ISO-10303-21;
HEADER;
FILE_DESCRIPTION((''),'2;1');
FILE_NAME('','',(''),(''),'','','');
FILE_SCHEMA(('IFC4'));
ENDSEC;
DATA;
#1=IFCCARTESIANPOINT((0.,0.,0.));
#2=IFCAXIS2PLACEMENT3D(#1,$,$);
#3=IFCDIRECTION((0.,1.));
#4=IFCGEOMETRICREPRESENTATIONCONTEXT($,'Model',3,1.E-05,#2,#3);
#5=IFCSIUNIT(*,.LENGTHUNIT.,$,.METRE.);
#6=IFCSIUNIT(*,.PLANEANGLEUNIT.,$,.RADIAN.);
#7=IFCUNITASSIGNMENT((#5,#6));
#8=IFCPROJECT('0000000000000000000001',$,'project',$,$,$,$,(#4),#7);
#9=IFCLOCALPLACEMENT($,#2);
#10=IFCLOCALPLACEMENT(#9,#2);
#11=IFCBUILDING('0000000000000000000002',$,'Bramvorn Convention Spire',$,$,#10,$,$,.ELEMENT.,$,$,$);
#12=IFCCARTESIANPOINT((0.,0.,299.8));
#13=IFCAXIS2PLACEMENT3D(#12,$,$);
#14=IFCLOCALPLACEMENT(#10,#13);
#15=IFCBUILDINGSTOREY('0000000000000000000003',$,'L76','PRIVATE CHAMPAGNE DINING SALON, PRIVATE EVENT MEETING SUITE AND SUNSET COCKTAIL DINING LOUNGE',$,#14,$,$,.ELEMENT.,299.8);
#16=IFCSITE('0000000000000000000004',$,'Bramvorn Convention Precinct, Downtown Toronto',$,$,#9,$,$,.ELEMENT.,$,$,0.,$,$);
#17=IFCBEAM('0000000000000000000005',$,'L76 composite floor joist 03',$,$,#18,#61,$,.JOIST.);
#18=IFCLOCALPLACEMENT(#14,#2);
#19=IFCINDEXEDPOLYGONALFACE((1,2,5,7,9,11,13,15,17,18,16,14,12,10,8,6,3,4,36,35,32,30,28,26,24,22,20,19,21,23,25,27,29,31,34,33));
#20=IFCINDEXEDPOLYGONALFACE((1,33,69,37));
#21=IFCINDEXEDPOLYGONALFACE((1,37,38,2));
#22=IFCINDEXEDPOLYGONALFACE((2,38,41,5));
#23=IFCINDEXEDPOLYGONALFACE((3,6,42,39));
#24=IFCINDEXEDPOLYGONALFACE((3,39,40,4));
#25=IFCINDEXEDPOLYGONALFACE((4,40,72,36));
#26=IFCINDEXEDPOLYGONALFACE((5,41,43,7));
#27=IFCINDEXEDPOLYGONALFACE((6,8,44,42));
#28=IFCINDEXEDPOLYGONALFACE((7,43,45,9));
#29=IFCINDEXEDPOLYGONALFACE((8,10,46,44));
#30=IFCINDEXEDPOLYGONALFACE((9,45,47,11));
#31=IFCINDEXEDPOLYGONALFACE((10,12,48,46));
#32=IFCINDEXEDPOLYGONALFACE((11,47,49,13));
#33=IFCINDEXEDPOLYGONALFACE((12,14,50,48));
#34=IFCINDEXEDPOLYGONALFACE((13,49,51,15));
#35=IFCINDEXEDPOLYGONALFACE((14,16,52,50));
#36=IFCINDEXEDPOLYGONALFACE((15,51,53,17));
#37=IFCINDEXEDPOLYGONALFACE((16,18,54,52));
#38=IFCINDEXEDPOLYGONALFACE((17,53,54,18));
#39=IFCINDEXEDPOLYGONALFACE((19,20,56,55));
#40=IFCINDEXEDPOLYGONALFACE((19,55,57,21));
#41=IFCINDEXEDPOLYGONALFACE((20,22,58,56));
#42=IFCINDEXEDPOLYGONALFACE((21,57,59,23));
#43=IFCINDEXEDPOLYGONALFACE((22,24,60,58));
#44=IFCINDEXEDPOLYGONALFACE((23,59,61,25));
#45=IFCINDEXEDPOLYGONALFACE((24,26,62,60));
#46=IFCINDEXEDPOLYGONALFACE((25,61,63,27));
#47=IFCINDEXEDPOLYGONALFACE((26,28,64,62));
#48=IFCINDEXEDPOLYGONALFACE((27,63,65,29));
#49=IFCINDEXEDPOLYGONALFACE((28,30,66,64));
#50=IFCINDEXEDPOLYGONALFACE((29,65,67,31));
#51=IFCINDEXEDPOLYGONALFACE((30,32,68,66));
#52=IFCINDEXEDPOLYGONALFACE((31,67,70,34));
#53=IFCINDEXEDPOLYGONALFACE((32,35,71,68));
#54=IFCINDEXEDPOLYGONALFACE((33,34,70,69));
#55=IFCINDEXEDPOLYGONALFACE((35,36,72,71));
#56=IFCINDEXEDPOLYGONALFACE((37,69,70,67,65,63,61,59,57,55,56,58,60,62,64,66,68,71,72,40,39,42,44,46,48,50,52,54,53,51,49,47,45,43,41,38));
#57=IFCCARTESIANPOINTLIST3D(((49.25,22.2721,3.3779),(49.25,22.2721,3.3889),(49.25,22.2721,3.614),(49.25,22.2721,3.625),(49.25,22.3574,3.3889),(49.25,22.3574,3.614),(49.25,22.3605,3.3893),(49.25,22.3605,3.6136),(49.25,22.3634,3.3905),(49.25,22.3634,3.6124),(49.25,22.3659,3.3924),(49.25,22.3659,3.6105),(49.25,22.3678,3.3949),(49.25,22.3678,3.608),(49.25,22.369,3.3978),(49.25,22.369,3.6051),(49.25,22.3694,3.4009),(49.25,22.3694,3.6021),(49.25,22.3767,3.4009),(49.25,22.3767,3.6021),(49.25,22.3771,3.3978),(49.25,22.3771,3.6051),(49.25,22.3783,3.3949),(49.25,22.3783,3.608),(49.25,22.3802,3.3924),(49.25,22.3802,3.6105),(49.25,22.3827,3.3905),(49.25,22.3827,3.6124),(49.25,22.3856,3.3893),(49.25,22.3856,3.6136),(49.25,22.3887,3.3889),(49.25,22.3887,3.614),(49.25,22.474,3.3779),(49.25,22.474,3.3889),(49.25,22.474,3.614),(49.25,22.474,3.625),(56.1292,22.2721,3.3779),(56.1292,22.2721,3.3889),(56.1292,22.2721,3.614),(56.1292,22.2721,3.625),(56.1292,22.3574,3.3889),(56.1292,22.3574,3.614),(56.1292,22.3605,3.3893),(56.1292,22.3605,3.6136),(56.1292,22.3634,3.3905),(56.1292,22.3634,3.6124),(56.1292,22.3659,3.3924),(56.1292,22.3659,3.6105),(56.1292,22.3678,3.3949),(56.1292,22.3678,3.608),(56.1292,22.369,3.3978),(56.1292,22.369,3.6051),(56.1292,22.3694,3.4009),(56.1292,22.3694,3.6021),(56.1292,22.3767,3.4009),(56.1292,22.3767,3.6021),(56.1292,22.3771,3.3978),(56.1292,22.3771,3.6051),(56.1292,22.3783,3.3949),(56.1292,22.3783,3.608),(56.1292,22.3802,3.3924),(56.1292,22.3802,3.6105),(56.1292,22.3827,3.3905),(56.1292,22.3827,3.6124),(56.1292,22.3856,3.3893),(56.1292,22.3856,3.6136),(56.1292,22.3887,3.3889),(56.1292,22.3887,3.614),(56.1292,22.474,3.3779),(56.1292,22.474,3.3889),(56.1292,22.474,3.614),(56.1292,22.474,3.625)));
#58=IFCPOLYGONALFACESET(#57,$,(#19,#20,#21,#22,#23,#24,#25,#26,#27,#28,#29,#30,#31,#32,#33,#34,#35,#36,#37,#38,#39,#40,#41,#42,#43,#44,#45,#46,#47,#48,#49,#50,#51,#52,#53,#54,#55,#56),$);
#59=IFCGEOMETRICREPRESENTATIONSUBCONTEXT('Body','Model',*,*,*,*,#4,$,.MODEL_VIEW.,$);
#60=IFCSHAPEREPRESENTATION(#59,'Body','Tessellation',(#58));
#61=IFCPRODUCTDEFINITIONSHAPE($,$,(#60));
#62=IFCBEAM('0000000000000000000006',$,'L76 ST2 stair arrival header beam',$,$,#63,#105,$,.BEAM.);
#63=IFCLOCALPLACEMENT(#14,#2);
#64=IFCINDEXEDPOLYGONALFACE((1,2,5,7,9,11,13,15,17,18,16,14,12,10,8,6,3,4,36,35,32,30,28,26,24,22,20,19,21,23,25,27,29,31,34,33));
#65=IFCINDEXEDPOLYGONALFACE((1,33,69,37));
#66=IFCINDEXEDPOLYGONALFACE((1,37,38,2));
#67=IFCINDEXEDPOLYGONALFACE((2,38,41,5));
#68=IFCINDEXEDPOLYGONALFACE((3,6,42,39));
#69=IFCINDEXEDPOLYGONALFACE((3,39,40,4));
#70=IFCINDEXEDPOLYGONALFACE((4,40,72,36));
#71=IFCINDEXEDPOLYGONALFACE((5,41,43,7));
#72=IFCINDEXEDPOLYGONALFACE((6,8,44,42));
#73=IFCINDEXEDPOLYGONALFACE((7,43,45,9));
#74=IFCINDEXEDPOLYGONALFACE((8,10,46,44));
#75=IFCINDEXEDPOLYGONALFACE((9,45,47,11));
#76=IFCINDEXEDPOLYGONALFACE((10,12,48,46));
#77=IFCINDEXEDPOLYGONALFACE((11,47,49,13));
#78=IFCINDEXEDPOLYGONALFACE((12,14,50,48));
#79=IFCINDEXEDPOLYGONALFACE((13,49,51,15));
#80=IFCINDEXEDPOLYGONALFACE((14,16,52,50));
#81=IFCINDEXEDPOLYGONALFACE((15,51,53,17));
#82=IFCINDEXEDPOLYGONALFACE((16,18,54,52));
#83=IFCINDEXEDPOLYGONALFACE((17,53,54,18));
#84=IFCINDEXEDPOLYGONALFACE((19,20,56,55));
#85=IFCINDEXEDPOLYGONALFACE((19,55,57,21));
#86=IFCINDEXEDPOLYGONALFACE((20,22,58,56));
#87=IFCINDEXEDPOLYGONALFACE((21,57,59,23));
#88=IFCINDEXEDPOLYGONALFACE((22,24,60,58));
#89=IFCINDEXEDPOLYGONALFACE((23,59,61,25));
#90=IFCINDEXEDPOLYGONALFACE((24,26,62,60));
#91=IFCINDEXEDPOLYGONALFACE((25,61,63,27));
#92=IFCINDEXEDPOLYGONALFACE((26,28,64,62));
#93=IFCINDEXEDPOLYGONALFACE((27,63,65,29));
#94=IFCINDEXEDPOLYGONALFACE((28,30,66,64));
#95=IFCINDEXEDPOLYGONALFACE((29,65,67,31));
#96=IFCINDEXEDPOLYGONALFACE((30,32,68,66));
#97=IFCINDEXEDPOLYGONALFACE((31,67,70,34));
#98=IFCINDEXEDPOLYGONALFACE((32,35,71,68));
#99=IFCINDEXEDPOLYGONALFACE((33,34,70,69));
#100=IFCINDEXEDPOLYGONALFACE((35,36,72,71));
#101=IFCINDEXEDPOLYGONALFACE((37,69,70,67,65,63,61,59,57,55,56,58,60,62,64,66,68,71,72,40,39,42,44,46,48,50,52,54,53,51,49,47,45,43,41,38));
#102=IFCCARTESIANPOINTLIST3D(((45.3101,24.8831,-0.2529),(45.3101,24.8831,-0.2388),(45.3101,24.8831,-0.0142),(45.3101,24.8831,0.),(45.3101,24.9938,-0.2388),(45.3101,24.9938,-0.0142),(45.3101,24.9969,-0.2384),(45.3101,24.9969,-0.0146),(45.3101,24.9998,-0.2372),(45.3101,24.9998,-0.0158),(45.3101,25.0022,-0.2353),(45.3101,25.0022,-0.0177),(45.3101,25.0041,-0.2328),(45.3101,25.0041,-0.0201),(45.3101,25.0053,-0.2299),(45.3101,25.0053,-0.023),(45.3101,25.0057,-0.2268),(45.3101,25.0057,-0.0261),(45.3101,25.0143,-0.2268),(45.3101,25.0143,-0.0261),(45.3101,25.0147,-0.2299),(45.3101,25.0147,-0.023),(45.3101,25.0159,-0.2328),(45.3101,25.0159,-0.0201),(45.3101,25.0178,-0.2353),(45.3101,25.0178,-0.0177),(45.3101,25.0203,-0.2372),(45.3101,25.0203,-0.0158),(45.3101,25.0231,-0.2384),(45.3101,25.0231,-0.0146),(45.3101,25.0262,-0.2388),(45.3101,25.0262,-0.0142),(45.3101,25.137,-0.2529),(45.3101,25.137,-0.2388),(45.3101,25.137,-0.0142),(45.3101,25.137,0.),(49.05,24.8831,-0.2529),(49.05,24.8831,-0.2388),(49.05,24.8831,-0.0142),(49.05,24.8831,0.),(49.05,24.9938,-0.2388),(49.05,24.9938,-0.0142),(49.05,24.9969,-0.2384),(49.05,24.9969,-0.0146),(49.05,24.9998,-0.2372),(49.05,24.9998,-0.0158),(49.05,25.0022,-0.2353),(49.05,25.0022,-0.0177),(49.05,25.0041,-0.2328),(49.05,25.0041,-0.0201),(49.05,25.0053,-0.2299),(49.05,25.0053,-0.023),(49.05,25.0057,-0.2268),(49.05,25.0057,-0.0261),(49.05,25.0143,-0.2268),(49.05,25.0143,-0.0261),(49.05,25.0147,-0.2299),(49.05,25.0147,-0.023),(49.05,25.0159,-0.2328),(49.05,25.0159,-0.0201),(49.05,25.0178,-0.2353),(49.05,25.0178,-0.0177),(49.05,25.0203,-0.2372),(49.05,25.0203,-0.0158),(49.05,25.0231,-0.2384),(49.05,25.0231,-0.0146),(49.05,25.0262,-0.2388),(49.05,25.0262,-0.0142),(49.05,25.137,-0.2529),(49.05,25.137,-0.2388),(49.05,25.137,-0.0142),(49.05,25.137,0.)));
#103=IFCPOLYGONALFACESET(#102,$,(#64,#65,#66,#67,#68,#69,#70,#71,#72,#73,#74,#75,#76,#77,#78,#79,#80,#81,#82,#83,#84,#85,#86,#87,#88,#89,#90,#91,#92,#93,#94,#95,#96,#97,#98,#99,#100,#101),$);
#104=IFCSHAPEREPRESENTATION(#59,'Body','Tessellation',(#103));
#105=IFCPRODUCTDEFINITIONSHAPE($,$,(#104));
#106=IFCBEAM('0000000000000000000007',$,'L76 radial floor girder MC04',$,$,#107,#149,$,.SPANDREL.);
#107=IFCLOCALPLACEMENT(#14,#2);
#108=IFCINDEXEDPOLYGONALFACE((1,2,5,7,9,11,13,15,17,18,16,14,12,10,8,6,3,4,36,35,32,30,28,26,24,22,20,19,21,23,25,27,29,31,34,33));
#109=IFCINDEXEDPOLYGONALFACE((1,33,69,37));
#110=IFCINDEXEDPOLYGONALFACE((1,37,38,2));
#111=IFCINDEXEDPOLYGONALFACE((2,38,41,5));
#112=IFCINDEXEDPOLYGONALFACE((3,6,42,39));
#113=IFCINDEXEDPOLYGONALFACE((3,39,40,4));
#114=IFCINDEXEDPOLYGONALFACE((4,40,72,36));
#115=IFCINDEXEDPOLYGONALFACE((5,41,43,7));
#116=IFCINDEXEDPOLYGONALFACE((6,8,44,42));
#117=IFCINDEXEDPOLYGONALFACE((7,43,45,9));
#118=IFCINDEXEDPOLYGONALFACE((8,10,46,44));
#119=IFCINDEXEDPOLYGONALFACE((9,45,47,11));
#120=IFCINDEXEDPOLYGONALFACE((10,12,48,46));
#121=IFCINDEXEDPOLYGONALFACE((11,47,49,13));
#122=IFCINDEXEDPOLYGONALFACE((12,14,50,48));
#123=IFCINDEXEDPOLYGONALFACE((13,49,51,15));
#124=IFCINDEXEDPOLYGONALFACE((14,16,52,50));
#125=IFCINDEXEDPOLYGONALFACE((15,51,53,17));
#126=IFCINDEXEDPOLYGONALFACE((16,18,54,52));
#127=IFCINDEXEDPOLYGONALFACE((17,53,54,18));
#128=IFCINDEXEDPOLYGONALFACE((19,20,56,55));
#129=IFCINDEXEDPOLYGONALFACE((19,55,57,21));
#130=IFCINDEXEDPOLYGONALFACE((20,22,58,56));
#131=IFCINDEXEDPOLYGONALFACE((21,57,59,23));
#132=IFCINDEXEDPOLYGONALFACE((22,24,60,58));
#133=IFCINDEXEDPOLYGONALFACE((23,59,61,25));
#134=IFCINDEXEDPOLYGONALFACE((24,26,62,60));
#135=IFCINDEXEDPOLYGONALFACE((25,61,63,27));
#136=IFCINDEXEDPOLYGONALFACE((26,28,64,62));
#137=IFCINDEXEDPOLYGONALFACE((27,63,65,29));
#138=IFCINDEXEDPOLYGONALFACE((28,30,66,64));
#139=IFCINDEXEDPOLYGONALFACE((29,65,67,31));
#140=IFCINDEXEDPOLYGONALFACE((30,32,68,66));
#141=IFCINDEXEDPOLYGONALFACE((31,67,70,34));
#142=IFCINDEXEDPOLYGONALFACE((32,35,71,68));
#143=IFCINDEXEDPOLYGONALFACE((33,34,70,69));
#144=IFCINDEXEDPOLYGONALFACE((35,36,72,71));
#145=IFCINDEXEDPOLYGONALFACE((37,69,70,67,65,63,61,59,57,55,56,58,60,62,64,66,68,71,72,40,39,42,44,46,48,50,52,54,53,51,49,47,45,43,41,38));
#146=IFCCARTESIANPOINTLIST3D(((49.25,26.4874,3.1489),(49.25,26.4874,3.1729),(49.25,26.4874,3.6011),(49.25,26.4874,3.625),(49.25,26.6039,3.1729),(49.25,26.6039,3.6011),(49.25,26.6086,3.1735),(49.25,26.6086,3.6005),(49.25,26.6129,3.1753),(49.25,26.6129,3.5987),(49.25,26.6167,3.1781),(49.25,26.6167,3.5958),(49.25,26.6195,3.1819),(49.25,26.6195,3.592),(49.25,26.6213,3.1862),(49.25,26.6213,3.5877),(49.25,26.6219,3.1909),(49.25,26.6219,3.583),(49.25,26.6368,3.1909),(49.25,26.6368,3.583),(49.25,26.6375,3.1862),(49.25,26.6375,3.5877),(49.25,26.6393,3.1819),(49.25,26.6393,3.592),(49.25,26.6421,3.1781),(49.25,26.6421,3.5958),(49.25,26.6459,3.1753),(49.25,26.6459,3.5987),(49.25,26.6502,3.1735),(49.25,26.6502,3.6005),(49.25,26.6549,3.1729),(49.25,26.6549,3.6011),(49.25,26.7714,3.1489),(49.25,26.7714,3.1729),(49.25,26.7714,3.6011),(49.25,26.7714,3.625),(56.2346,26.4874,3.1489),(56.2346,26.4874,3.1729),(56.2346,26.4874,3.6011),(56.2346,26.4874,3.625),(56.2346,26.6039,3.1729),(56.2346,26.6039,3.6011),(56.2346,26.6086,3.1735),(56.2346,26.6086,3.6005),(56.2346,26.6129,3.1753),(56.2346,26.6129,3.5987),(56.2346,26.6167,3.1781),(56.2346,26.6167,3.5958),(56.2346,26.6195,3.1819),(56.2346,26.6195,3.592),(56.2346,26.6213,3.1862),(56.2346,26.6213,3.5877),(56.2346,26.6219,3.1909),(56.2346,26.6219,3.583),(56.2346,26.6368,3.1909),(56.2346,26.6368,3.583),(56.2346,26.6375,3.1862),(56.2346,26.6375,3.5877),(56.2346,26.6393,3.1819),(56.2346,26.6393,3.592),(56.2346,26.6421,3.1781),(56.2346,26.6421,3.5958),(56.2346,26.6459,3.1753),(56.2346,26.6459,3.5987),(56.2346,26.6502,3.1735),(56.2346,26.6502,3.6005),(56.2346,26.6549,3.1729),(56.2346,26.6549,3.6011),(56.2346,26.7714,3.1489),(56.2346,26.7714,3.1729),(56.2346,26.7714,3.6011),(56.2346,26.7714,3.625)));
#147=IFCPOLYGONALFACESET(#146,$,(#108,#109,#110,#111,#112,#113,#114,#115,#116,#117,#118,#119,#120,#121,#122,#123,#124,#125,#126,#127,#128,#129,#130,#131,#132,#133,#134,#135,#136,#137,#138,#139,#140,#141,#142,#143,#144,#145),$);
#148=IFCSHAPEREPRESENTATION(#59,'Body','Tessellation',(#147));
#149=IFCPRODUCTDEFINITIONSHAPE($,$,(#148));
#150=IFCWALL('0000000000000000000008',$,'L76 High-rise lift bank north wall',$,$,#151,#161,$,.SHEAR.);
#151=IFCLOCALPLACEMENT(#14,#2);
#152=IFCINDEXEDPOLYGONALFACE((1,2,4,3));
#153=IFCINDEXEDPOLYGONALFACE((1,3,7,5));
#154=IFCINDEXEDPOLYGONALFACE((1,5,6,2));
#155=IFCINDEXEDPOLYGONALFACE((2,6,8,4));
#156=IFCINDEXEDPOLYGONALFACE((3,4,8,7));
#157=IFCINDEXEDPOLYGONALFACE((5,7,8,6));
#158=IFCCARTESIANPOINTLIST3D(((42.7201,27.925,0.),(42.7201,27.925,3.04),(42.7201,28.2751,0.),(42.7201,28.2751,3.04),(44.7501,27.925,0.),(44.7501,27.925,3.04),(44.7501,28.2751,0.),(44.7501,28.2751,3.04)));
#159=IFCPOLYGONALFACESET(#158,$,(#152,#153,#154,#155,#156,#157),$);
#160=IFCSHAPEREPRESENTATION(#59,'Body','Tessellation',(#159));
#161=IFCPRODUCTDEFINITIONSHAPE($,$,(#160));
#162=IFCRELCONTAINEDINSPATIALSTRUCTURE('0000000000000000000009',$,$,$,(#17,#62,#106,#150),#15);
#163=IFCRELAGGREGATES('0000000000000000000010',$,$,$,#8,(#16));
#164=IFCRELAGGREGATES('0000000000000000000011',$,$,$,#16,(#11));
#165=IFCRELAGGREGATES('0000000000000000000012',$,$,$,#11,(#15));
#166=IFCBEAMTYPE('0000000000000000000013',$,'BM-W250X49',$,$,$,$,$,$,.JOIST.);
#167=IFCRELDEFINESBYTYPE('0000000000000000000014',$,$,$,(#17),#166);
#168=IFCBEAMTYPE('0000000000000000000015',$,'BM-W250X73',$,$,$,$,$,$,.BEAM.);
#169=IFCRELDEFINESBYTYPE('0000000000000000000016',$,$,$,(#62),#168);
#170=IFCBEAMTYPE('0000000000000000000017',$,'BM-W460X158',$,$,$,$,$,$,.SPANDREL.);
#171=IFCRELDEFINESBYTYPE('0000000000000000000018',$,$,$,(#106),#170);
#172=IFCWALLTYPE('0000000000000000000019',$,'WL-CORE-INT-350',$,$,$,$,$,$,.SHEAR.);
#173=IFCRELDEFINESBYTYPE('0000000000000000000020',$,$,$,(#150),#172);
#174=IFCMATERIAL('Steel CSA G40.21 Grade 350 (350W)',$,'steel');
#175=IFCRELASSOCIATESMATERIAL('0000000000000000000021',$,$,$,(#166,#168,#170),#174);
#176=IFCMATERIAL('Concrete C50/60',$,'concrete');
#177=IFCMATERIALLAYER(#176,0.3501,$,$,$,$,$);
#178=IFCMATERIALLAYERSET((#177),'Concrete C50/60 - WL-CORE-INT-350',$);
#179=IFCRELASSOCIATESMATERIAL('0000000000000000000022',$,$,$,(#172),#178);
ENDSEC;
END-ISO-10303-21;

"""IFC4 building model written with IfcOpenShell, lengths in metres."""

from ifc_helpers import new_model, si_unit, direction, frame, frame_2d, origin, origin_2d, place, context, subcontext, project, spatial, rectangle, i_section, extrude, material, layer, layer_set, material_profile, profile_set, type_object, element, save


model = new_model("IFC4")

# Units and contexts
model_context = context("Model", 3, precision=1e-05, world=origin(), true_north=direction((0.0, 1.0)))
body_context = subcontext(model_context, "Body", "Model", "MODEL_VIEW")
ifc_project = project(units=[si_unit("LENGTHUNIT", "METRE"), si_unit("PLANEANGLEUNIT", "RADIAN")], contexts=[model_context])

# Site, building, storey
site_placement = place(None, origin())
site = spatial("IfcSite", under=ifc_project, at=site_placement, Name="Bramvorn Convention Precinct, Downtown Toronto", CompositionType="ELEMENT", RefElevation=0.0)
building_placement = place(site_placement, origin())
building = spatial("IfcBuilding", under=site, at=building_placement, Name="Bramvorn Convention Spire", CompositionType="ELEMENT")
storey_placement = place(building_placement, frame((0.0, 0.0, 299.8)))
storey = spatial("IfcBuildingStorey", under=building, at=storey_placement, Name="L76", Description="PRIVATE CHAMPAGNE DINING SALON, PRIVATE EVENT MEETING SUITE AND SUNSET COCKTAIL DINING LOUNGE", CompositionType="ELEMENT", Elevation=299.8)

# Beams
ifc_material_1 = material(Name="Steel CSA G40.21 Grade 350 (350W)", Category="steel")
ifc_material_profile_1 = material_profile(ifc_material_1, i_section(OverallWidth=0.2019, OverallDepth=0.2471, WebThickness=0.0073, FlangeThickness=0.011, FilletRadius=0.012, at=origin_2d()))
ifc_profile_set_1 = profile_set([ifc_material_profile_1], Name="Steel CSA G40.21 Grade 350 (350W) - W250X49")
beam_type_1 = type_object("IfcBeamType", Name="BM-W250X49", PredefinedType="JOIST", material=ifc_profile_set_1)
beam_1_placement = place(storey_placement, frame((49.25, 22.373, 3.5015), z_axis=(1.0, 0.0, 0.0), x_axis=(0.0, 1.0, 0.0)))
element("IfcBeam", 1, at=beam_1_placement, inside=storey, type_object=beam_type_1, Name="L76 composite floor joist 03", PredefinedType="JOIST", context=body_context, shape_type="SweptSolid", body=[
    extrude(i_section(OverallWidth=0.2019, OverallDepth=0.2471, WebThickness=0.0073, FlangeThickness=0.011, FilletRadius=0.012, at=origin_2d()), origin(), (0.0, 0.0, 1.0), 6.8792),
])
ifc_material_profile_2 = material_profile(ifc_material_1, i_section(OverallWidth=0.2539, OverallDepth=0.2529, WebThickness=0.0085, FlangeThickness=0.0142, FilletRadius=0.012, at=origin_2d()))
ifc_profile_set_2 = profile_set([ifc_material_profile_2], Name="Steel CSA G40.21 Grade 350 (350W) - W250X73")
beam_type_2 = type_object("IfcBeamType", Name="BM-W250X73", PredefinedType="BEAM", material=ifc_profile_set_2)
beam_2_placement = place(storey_placement, frame((45.3101, 25.01, -0.1265), z_axis=(1.0, 0.0, 0.0), x_axis=(0.0, 1.0, 0.0)))
element("IfcBeam", 2, at=beam_2_placement, inside=storey, type_object=beam_type_2, Name="L76 ST2 stair arrival header beam", PredefinedType="BEAM", context=body_context, shape_type="SweptSolid", body=[
    extrude(i_section(OverallWidth=0.2539, OverallDepth=0.2529, WebThickness=0.0085, FlangeThickness=0.0142, FilletRadius=0.012, at=origin_2d()), origin(), (0.0, 0.0, 1.0), 3.74),
])
ifc_material_profile_3 = material_profile(ifc_material_1, i_section(OverallWidth=0.2839, OverallDepth=0.4761, WebThickness=0.0149, FlangeThickness=0.0239, FilletRadius=0.0181, at=origin_2d()))
ifc_profile_set_3 = profile_set([ifc_material_profile_3], Name="Steel CSA G40.21 Grade 350 (350W) - W460X158")
beam_type_3 = type_object("IfcBeamType", Name="BM-W460X158", PredefinedType="SPANDREL", material=ifc_profile_set_3)
beam_3_placement = place(storey_placement, frame((49.25, 26.6294, 3.387), z_axis=(1.0, 0.0, 0.0), x_axis=(0.0, 1.0, 0.0)))
element("IfcBeam", 3, at=beam_3_placement, inside=storey, type_object=beam_type_3, Name="L76 radial floor girder MC04", PredefinedType="SPANDREL", context=body_context, shape_type="SweptSolid", body=[
    extrude(i_section(OverallWidth=0.2839, OverallDepth=0.4761, WebThickness=0.0149, FlangeThickness=0.0239, FilletRadius=0.0181, at=origin_2d()), origin(), (0.0, 0.0, 1.0), 6.9846),
])

# Wall
ifc_material_2 = material(Name="Concrete C50/60", Category="concrete")
ifc_layer_1 = layer(ifc_material_2, 0.3501)
ifc_layer_set_1 = layer_set([ifc_layer_1], Name="Concrete C50/60 - WL-CORE-INT-350")
wall_type_1 = type_object("IfcWallType", Name="WL-CORE-INT-350", PredefinedType="SHEAR", material=ifc_layer_set_1)
wall_1_placement = place(storey_placement, frame((42.72, 28.1001, 0.0), z_axis=(0.0, 0.0, 1.0), x_axis=(1.0, 0.0, 0.0)))
element("IfcWall", 4, at=wall_1_placement, inside=storey, type_object=wall_type_1, Name="L76 High-rise lift bank north wall", PredefinedType="SHEAR", context=body_context, shape_type="SweptSolid", body=[
    extrude(rectangle(XDim=2.03, YDim=0.3501, at=frame_2d((1.0151, 0.0))), origin(), (0.0, 0.0, 1.0), 3.04),
])

save(model, "model.ifc")
